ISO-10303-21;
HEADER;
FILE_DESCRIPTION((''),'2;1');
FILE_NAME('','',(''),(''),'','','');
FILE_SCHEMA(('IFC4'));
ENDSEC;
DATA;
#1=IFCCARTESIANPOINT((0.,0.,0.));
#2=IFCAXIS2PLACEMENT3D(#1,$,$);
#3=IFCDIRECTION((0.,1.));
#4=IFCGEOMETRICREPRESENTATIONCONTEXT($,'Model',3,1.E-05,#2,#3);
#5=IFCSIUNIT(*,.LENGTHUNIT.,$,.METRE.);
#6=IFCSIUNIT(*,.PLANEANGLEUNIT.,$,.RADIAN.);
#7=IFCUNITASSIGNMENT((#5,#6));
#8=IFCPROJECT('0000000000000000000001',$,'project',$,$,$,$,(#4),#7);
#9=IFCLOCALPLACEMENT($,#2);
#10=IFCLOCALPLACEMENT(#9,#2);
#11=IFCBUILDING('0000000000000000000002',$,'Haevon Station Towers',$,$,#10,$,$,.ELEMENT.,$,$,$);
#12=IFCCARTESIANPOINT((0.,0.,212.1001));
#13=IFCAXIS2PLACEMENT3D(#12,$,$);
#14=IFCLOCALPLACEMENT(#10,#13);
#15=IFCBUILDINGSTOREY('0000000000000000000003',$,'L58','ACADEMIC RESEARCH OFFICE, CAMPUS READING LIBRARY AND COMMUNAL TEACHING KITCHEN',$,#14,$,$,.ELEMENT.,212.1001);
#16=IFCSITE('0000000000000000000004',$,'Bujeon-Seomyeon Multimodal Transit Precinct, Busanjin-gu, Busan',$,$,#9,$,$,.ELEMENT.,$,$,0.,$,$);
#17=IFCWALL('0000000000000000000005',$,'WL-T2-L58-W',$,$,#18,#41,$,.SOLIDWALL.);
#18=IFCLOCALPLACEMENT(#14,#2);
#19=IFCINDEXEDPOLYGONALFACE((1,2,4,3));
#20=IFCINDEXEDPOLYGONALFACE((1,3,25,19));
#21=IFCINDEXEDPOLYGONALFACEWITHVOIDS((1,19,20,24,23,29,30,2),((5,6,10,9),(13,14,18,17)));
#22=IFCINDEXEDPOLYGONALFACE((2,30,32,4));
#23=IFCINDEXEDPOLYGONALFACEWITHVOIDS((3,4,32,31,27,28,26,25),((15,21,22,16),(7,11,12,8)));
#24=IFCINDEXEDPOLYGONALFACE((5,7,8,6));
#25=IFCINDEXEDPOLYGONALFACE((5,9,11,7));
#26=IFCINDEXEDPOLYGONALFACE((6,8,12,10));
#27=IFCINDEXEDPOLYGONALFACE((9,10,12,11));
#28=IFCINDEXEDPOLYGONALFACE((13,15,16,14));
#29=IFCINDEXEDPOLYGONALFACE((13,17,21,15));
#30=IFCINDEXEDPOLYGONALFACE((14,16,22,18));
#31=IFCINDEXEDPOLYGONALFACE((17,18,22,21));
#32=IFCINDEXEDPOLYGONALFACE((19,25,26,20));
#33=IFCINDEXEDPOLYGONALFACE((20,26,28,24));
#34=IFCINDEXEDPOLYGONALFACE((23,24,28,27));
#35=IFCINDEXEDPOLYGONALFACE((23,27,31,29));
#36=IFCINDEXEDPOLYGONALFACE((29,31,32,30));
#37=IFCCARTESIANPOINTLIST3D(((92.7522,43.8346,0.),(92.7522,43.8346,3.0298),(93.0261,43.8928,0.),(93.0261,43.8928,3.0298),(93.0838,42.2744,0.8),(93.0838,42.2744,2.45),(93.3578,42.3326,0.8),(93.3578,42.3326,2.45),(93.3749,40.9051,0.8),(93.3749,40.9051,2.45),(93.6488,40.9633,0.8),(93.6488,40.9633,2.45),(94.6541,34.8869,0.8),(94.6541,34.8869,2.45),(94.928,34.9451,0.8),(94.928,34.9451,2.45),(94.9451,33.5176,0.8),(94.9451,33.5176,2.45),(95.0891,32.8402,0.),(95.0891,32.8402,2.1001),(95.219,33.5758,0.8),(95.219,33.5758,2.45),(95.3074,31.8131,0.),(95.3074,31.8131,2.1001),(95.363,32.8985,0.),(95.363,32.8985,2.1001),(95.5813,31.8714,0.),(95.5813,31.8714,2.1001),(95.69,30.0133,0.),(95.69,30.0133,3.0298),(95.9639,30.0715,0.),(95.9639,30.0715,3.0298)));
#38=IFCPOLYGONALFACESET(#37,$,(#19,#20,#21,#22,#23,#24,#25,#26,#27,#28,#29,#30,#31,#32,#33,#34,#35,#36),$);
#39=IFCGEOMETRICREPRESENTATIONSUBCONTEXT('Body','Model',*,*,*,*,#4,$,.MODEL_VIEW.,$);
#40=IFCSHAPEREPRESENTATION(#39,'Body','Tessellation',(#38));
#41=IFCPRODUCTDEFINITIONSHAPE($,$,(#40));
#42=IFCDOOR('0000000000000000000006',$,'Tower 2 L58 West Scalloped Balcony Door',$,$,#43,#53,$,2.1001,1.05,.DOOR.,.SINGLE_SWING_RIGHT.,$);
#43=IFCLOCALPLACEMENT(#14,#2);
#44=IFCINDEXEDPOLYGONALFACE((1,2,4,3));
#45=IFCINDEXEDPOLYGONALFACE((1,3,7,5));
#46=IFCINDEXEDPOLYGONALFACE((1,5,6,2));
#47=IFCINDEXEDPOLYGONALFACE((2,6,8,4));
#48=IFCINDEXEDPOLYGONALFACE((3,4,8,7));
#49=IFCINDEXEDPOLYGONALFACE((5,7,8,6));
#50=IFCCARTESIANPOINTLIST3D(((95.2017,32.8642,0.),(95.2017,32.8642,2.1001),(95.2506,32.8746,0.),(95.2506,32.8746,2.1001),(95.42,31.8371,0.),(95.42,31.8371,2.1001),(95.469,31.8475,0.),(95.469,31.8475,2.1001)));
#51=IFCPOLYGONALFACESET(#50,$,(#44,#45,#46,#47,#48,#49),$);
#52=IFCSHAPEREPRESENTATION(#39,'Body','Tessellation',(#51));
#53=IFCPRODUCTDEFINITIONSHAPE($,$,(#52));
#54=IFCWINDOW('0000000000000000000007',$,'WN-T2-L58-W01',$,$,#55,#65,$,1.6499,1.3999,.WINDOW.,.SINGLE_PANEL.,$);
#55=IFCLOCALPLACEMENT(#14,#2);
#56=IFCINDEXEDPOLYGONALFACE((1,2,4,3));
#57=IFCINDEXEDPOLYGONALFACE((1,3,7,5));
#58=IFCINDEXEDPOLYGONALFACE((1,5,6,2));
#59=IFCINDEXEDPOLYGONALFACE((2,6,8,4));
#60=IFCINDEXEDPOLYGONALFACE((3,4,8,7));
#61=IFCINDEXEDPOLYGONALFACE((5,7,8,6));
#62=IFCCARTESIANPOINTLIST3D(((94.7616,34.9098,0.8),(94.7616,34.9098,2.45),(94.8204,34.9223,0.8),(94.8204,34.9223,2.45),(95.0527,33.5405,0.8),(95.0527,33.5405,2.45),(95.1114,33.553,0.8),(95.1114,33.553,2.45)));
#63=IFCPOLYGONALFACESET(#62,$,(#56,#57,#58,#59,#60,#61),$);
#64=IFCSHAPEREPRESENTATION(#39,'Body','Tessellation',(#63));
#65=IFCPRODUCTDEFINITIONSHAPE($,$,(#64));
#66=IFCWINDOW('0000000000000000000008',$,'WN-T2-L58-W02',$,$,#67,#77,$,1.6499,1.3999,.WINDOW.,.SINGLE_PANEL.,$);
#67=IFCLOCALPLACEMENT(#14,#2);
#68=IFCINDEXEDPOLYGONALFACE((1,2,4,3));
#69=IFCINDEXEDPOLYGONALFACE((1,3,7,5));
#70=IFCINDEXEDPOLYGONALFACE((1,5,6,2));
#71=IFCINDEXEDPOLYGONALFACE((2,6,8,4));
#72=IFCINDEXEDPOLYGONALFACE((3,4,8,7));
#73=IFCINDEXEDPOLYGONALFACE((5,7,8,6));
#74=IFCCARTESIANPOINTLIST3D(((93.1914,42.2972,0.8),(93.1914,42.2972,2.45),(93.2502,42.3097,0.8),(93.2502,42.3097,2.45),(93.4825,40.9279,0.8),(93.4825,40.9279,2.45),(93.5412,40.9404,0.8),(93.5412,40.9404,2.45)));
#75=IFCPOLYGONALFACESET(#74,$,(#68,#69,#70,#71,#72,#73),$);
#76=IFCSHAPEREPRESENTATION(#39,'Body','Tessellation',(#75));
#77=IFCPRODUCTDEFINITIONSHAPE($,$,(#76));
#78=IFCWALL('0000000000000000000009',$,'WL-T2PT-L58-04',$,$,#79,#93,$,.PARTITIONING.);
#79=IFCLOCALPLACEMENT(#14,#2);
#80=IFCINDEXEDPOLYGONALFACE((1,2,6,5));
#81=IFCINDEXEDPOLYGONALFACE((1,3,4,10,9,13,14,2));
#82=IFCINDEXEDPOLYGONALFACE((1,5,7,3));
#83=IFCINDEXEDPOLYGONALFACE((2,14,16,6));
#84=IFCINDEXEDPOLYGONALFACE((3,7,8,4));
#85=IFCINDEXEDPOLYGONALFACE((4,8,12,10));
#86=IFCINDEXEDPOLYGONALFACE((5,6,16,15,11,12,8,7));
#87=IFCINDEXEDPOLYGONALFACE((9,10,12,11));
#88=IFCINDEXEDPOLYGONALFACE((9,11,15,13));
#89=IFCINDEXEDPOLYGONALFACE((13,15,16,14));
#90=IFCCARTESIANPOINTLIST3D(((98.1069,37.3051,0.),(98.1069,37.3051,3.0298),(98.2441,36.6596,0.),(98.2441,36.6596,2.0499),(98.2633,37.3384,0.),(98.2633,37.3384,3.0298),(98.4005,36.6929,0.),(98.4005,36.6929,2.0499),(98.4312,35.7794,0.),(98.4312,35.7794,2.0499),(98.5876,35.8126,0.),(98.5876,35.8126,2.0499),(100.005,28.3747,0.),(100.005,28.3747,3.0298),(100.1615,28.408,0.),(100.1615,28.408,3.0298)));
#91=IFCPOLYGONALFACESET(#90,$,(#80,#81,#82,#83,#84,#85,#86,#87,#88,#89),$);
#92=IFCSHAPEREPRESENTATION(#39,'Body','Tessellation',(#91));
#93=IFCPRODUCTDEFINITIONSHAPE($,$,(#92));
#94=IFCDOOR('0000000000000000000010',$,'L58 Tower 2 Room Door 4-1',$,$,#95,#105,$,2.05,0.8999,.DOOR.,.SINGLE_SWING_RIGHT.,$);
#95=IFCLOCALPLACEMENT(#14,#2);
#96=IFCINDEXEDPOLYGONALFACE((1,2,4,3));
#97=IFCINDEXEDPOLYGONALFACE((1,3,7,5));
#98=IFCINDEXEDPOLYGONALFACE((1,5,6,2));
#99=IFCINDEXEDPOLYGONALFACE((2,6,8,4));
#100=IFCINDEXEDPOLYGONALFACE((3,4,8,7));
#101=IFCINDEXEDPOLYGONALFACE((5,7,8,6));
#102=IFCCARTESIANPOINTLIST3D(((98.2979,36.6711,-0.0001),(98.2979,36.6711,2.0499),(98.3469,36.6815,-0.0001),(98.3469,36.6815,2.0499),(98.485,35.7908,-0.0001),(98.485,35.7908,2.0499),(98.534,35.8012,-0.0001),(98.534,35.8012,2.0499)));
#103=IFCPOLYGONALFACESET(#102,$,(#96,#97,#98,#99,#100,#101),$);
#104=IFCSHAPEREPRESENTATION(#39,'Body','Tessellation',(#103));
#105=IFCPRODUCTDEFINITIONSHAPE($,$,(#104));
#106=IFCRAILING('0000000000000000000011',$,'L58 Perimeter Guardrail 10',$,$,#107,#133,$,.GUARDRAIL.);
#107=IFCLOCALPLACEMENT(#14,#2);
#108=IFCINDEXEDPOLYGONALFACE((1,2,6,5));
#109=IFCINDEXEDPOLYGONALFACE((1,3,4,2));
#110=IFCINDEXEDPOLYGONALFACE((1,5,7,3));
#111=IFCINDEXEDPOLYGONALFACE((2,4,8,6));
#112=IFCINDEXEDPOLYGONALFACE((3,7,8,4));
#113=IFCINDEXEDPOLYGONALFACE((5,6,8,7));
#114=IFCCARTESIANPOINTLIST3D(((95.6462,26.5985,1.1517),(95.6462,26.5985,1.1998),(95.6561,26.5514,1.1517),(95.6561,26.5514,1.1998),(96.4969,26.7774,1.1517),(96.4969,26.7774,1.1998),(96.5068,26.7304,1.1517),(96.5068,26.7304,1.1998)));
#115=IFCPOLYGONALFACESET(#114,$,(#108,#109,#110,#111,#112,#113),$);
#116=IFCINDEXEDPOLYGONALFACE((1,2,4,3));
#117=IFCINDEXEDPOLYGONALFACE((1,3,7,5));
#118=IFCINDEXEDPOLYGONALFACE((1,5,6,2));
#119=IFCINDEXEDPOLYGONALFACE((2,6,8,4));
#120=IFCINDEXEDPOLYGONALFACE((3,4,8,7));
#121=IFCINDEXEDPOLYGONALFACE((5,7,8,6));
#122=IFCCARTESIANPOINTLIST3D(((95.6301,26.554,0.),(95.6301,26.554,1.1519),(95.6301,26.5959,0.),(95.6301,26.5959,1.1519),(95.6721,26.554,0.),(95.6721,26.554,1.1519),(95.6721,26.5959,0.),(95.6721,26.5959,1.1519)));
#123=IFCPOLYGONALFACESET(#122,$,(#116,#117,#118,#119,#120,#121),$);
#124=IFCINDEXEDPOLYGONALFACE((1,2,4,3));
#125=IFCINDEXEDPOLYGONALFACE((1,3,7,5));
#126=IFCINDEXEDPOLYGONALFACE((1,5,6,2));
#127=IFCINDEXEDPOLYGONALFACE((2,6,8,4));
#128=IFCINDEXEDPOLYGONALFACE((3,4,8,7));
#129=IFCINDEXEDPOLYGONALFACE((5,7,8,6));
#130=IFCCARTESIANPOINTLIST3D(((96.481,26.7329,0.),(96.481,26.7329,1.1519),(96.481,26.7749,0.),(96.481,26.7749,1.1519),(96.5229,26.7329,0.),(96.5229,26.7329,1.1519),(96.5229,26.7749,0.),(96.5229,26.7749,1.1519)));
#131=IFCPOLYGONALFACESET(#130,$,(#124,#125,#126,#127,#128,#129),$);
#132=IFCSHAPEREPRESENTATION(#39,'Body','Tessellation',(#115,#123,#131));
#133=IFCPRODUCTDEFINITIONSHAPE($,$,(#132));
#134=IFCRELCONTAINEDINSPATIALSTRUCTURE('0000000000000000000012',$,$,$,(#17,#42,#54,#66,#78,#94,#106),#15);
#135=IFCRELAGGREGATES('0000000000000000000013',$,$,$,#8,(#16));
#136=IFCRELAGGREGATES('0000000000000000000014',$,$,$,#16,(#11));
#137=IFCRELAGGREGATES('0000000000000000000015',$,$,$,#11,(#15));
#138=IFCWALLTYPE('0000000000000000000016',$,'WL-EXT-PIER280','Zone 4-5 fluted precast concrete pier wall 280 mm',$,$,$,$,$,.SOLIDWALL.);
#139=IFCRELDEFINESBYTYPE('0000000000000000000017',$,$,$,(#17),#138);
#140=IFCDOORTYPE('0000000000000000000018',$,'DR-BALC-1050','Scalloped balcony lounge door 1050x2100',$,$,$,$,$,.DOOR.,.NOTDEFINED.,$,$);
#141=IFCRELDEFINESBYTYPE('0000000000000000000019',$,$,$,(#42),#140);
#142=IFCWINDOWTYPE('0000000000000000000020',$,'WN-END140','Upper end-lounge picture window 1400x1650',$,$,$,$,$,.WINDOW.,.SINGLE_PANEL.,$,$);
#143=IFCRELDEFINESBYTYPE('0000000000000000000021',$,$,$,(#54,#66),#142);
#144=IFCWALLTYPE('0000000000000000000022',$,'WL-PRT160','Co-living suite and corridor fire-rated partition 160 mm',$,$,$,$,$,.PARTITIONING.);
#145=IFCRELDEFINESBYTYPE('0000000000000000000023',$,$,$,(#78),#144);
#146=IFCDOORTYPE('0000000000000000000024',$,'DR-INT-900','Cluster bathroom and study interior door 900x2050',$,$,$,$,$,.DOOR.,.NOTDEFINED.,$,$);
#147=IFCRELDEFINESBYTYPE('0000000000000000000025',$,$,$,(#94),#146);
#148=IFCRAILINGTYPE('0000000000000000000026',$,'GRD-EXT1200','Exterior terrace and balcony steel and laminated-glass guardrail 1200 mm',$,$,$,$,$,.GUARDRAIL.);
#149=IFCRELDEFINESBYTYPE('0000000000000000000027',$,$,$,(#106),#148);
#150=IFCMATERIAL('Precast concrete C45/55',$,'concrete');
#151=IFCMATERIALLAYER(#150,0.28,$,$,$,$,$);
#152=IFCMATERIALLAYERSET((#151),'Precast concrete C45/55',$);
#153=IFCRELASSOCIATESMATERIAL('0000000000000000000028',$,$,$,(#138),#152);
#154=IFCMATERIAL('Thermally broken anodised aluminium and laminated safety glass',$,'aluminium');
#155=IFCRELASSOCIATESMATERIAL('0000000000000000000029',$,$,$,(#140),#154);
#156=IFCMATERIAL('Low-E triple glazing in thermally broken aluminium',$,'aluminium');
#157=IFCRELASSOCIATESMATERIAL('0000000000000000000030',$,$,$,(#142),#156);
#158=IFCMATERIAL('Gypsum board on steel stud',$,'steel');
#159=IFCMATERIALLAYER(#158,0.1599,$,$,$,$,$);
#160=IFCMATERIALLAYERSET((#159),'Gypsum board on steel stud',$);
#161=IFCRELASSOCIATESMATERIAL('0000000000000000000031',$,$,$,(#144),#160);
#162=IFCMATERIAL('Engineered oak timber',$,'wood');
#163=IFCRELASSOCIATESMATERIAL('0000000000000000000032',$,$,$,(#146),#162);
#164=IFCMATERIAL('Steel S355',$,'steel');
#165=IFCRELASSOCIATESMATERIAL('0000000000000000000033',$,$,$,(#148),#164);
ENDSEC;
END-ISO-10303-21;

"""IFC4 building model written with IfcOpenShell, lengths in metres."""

from ifc_helpers import new_model, si_unit, direction, frame, frame_2d, origin, origin_2d, place, context, subcontext, project, spatial, rectangle, extrude, material, layer, layer_set, type_object, element, fill, save


model = new_model("IFC4")

# Units and contexts
model_context = context("Model", 3, precision=1e-05, world=origin(), true_north=direction((0.0, 1.0)))
body_context = subcontext(model_context, "Body", "Model", "MODEL_VIEW")
ifc_project = project(units=[si_unit("LENGTHUNIT", "METRE"), si_unit("PLANEANGLEUNIT", "RADIAN")], contexts=[model_context])

# Site, building, storey
site_placement = place(None, origin())
site = spatial("IfcSite", under=ifc_project, at=site_placement, Name="Bujeon-Seomyeon Multimodal Transit Precinct, Busanjin-gu, Busan", CompositionType="ELEMENT", RefElevation=0.0)
building_placement = place(site_placement, origin())
building = spatial("IfcBuilding", under=site, at=building_placement, Name="Haevon Station Towers", CompositionType="ELEMENT")
storey_placement = place(building_placement, frame((0.0, 0.0, 212.1001)))
storey = spatial("IfcBuildingStorey", under=building, at=storey_placement, Name="L58", Description="ACADEMIC RESEARCH OFFICE, CAMPUS READING LIBRARY AND COMMUNAL TEACHING KITCHEN", CompositionType="ELEMENT", Elevation=212.1001)

# Shared definitions
ifc_material_1 = material(Name="Steel S355", Category="steel")

# Shared definitions
ifc_material_2 = material(Name="Precast concrete C45/55", Category="concrete")
ifc_layer_1 = layer(ifc_material_2, 0.28)
ifc_layer_set_1 = layer_set([ifc_layer_1], Name="Precast concrete C45/55")
wall_type_1 = type_object("IfcWallType", Name="WL-EXT-PIER280", Description="Zone 4-5 fluted precast concrete pier wall 280 mm", PredefinedType="SOLIDWALL", material=ifc_layer_set_1)

# Wall, openings, door, windows
wall_1_placement = place(storey_placement, frame((95.8269, 30.0425, 0.0), z_axis=(0.0, 0.0, 1.0), x_axis=(-0.207908, 0.978148, 0.0)))
wall_1 = element("IfcWall", 1, at=wall_1_placement, inside=storey, type_object=wall_type_1, Name="WL-T2-L58-W", PredefinedType="SOLIDWALL", context=body_context, shape_type="SweptSolid", body=[
    extrude(rectangle(XDim=14.1301, YDim=0.28, at=frame_2d((7.0649, 0.0))), origin(), (0.0, 0.0, 1.0), 3.0298),
])
opening_1_placement = place(wall_1_placement, frame((1.8401, 0.0, 0.0)))
opening_1 = element("IfcOpeningElement", 2, at=opening_1_placement, cuts=wall_1, PredefinedType="OPENING", context=body_context, shape_type="SweptSolid", body=[
    extrude(rectangle(XDim=1.05, YDim=2.1001, at=frame_2d((0.5249, 1.05))), frame((0.0, 0.1499, 0.0), z_axis=(0.0, -1.0, 0.0), x_axis=(1.0, 0.0, 0.0)), (0.0, 0.0, 1.0), 0.3),
])
opening_2_placement = place(wall_1_placement, frame((3.5825, 0.0, 0.8)))
opening_2 = element("IfcOpeningElement", 3, at=opening_2_placement, cuts=wall_1, PredefinedType="OPENING", context=body_context, shape_type="SweptSolid", body=[
    extrude(rectangle(XDim=1.3999, YDim=1.6499, at=frame_2d((0.7, 0.825))), frame((0.0, 0.1499, 0.0), z_axis=(0.0, -1.0, 0.0), x_axis=(1.0, 0.0, 0.0)), (0.0, 0.0, 1.0), 0.3),
])
opening_3_placement = place(wall_1_placement, frame((11.135, 0.0, 0.8)))
opening_3 = element("IfcOpeningElement", 4, at=opening_3_placement, cuts=wall_1, PredefinedType="OPENING", context=body_context, shape_type="SweptSolid", body=[
    extrude(rectangle(XDim=1.3999, YDim=1.6499, at=frame_2d((0.7, 0.825))), frame((0.0, 0.1499, 0.0), z_axis=(0.0, -1.0, 0.0), x_axis=(1.0, 0.0, 0.0)), (0.0, 0.0, 1.0), 0.3),
])
ifc_material_3 = material(Name="Thermally broken anodised aluminium and laminated safety glass", Category="aluminium")
door_type_1 = type_object("IfcDoorType", Name="DR-BALC-1050", Description="Scalloped balcony lounge door 1050x2100", OperationType="NOTDEFINED", PredefinedType="DOOR", material=ifc_material_3)
door_1_placement = place(opening_1_placement, origin())
door_1 = element("IfcDoor", 5, at=door_1_placement, inside=storey, type_object=door_type_1, Name="Tower 2 L58 West Scalloped Balcony Door", OperationType="SINGLE_SWING_RIGHT", OverallHeight=2.1001, OverallWidth=1.05, PredefinedType="DOOR", context=body_context, shape_type="SweptSolid", body=[
    extrude(rectangle(XDim=1.05, YDim=2.1001, at=frame_2d((0.5249, 1.05))), frame((0.0, 0.0249, 0.0), z_axis=(0.0, -1.0, 0.0), x_axis=(1.0, 0.0, 0.0)), (0.0, 0.0, 1.0), 0.05),
])
fill(opening_1, door_1)
ifc_material_4 = material(Name="Low-E triple glazing in thermally broken aluminium", Category="aluminium")
window_type = type_object("IfcWindowType", Name="WN-END140", Description="Upper end-lounge picture window 1400x1650", PartitioningType="SINGLE_PANEL", PredefinedType="WINDOW", material=ifc_material_4)
window_1_placement = place(opening_2_placement, origin())
window_1 = element("IfcWindow", 6, at=window_1_placement, inside=storey, type_object=window_type, Name="WN-T2-L58-W01", OverallHeight=1.6499, OverallWidth=1.3999, PartitioningType="SINGLE_PANEL", PredefinedType="WINDOW", context=body_context, shape_type="SweptSolid", body=[
    extrude(rectangle(XDim=1.3999, YDim=1.6499, at=frame_2d((0.7, 0.825))), frame((0.0, 0.03, 0.0), z_axis=(0.0, -1.0, 0.0), x_axis=(1.0, 0.0, 0.0)), (0.0, 0.0, 1.0), 0.0601),
])
fill(opening_2, window_1)
window_2_placement = place(opening_3_placement, origin())
window_2 = element("IfcWindow", 7, at=window_2_placement, inside=storey, type_object=window_type, Name="WN-T2-L58-W02", OverallHeight=1.6499, OverallWidth=1.3999, PartitioningType="SINGLE_PANEL", PredefinedType="WINDOW", context=body_context, shape_type="SweptSolid", body=[
    extrude(rectangle(XDim=1.3999, YDim=1.6499, at=frame_2d((0.7, 0.825))), frame((0.0, 0.03, 0.0), z_axis=(0.0, -1.0, 0.0), x_axis=(1.0, 0.0, 0.0)), (0.0, 0.0, 1.0), 0.0601),
])
fill(opening_3, window_2)

# Wall, opening, door
ifc_material_5 = material(Name="Gypsum board on steel stud", Category="steel")
ifc_layer_2 = layer(ifc_material_5, 0.1599)
ifc_layer_set_2 = layer_set([ifc_layer_2], Name="Gypsum board on steel stud")
wall_type_2 = type_object("IfcWallType", Name="WL-PRT160", Description="Co-living suite and corridor fire-rated partition 160 mm", PredefinedType="PARTITIONING", material=ifc_layer_set_2)
wall_2_placement = place(storey_placement, frame((100.0833, 28.3914, 0.0), z_axis=(0.0, 0.0, 1.0), x_axis=(-0.207909, 0.978148, 0.0)))
wall_2 = element("IfcWall", 8, at=wall_2_placement, inside=storey, type_object=wall_type_2, Name="WL-T2PT-L58-04", PredefinedType="PARTITIONING", context=body_context, shape_type="SweptSolid", body=[
    extrude(rectangle(XDim=9.1299, YDim=0.1599, at=frame_2d((4.5649, 0.0))), origin(), (0.0, 0.0, 1.0), 3.0298),
])
opening_4_placement = place(wall_2_placement, frame((7.5701, 0.0, 0.0)))
opening_4 = element("IfcOpeningElement", 9, at=opening_4_placement, cuts=wall_2, PredefinedType="OPENING", context=body_context, shape_type="SweptSolid", body=[
    extrude(rectangle(XDim=0.8999, YDim=2.05, at=frame_2d((0.45, 1.0249))), frame((0.0, 0.0898, 0.0), z_axis=(0.0, -1.0, 0.0), x_axis=(1.0, 0.0, 0.0)), (0.0, 0.0, 1.0), 0.1799),
])
ifc_material_6 = material(Name="Engineered oak timber", Category="wood")
door_type_2 = type_object("IfcDoorType", Name="DR-INT-900", Description="Cluster bathroom and study interior door 900x2050", OperationType="NOTDEFINED", PredefinedType="DOOR", material=ifc_material_6)
door_2_placement = place(opening_4_placement, origin())
door_2 = element("IfcDoor", 10, at=door_2_placement, inside=storey, type_object=door_type_2, Name="L58 Tower 2 Room Door 4-1", OperationType="SINGLE_SWING_RIGHT", OverallHeight=2.05, OverallWidth=0.8999, PredefinedType="DOOR", context=body_context, shape_type="SweptSolid", body=[
    extrude(rectangle(XDim=0.8999, YDim=2.05, at=frame_2d((0.45, 1.0249))), frame((0.0, 0.0249, 0.0), z_axis=(0.0, -1.0, 0.0), x_axis=(1.0, 0.0, 0.0)), (0.0, 0.0, 1.0), 0.05),
])
fill(opening_4, door_2)

# Railing
railing_type = type_object("IfcRailingType", Name="GRD-EXT1200", Description="Exterior terrace and balcony steel and laminated-glass guardrail 1200 mm", PredefinedType="GUARDRAIL", material=ifc_material_1)
railing_placement = place(storey_placement, frame((95.6511, 26.575, 0.0)))
element("IfcRailing", 11, at=railing_placement, inside=storey, type_object=railing_type, Name="L58 Perimeter Guardrail 10", PredefinedType="GUARDRAIL", context=body_context, shape_type="SweptSolid", body=[
    extrude(rectangle(XDim=0.0481, YDim=0.0481, at=origin_2d()), frame((0.0, 0.0, 1.1758), z_axis=(0.978588, 0.205827, 0.0), x_axis=(-0.205827, 0.978588, 0.0)), (0.0, 0.0, 1.0), 0.8694),
    extrude(rectangle(XDim=0.042, YDim=0.042, at=origin_2d()), origin(), (0.0, 0.0, 1.0), 1.1519),
    extrude(rectangle(XDim=0.042, YDim=0.042, at=origin_2d()), frame((0.8508, 0.179, 0.0)), (0.0, 0.0, 1.0), 1.1519),
])

save(model, "model.ifc")
